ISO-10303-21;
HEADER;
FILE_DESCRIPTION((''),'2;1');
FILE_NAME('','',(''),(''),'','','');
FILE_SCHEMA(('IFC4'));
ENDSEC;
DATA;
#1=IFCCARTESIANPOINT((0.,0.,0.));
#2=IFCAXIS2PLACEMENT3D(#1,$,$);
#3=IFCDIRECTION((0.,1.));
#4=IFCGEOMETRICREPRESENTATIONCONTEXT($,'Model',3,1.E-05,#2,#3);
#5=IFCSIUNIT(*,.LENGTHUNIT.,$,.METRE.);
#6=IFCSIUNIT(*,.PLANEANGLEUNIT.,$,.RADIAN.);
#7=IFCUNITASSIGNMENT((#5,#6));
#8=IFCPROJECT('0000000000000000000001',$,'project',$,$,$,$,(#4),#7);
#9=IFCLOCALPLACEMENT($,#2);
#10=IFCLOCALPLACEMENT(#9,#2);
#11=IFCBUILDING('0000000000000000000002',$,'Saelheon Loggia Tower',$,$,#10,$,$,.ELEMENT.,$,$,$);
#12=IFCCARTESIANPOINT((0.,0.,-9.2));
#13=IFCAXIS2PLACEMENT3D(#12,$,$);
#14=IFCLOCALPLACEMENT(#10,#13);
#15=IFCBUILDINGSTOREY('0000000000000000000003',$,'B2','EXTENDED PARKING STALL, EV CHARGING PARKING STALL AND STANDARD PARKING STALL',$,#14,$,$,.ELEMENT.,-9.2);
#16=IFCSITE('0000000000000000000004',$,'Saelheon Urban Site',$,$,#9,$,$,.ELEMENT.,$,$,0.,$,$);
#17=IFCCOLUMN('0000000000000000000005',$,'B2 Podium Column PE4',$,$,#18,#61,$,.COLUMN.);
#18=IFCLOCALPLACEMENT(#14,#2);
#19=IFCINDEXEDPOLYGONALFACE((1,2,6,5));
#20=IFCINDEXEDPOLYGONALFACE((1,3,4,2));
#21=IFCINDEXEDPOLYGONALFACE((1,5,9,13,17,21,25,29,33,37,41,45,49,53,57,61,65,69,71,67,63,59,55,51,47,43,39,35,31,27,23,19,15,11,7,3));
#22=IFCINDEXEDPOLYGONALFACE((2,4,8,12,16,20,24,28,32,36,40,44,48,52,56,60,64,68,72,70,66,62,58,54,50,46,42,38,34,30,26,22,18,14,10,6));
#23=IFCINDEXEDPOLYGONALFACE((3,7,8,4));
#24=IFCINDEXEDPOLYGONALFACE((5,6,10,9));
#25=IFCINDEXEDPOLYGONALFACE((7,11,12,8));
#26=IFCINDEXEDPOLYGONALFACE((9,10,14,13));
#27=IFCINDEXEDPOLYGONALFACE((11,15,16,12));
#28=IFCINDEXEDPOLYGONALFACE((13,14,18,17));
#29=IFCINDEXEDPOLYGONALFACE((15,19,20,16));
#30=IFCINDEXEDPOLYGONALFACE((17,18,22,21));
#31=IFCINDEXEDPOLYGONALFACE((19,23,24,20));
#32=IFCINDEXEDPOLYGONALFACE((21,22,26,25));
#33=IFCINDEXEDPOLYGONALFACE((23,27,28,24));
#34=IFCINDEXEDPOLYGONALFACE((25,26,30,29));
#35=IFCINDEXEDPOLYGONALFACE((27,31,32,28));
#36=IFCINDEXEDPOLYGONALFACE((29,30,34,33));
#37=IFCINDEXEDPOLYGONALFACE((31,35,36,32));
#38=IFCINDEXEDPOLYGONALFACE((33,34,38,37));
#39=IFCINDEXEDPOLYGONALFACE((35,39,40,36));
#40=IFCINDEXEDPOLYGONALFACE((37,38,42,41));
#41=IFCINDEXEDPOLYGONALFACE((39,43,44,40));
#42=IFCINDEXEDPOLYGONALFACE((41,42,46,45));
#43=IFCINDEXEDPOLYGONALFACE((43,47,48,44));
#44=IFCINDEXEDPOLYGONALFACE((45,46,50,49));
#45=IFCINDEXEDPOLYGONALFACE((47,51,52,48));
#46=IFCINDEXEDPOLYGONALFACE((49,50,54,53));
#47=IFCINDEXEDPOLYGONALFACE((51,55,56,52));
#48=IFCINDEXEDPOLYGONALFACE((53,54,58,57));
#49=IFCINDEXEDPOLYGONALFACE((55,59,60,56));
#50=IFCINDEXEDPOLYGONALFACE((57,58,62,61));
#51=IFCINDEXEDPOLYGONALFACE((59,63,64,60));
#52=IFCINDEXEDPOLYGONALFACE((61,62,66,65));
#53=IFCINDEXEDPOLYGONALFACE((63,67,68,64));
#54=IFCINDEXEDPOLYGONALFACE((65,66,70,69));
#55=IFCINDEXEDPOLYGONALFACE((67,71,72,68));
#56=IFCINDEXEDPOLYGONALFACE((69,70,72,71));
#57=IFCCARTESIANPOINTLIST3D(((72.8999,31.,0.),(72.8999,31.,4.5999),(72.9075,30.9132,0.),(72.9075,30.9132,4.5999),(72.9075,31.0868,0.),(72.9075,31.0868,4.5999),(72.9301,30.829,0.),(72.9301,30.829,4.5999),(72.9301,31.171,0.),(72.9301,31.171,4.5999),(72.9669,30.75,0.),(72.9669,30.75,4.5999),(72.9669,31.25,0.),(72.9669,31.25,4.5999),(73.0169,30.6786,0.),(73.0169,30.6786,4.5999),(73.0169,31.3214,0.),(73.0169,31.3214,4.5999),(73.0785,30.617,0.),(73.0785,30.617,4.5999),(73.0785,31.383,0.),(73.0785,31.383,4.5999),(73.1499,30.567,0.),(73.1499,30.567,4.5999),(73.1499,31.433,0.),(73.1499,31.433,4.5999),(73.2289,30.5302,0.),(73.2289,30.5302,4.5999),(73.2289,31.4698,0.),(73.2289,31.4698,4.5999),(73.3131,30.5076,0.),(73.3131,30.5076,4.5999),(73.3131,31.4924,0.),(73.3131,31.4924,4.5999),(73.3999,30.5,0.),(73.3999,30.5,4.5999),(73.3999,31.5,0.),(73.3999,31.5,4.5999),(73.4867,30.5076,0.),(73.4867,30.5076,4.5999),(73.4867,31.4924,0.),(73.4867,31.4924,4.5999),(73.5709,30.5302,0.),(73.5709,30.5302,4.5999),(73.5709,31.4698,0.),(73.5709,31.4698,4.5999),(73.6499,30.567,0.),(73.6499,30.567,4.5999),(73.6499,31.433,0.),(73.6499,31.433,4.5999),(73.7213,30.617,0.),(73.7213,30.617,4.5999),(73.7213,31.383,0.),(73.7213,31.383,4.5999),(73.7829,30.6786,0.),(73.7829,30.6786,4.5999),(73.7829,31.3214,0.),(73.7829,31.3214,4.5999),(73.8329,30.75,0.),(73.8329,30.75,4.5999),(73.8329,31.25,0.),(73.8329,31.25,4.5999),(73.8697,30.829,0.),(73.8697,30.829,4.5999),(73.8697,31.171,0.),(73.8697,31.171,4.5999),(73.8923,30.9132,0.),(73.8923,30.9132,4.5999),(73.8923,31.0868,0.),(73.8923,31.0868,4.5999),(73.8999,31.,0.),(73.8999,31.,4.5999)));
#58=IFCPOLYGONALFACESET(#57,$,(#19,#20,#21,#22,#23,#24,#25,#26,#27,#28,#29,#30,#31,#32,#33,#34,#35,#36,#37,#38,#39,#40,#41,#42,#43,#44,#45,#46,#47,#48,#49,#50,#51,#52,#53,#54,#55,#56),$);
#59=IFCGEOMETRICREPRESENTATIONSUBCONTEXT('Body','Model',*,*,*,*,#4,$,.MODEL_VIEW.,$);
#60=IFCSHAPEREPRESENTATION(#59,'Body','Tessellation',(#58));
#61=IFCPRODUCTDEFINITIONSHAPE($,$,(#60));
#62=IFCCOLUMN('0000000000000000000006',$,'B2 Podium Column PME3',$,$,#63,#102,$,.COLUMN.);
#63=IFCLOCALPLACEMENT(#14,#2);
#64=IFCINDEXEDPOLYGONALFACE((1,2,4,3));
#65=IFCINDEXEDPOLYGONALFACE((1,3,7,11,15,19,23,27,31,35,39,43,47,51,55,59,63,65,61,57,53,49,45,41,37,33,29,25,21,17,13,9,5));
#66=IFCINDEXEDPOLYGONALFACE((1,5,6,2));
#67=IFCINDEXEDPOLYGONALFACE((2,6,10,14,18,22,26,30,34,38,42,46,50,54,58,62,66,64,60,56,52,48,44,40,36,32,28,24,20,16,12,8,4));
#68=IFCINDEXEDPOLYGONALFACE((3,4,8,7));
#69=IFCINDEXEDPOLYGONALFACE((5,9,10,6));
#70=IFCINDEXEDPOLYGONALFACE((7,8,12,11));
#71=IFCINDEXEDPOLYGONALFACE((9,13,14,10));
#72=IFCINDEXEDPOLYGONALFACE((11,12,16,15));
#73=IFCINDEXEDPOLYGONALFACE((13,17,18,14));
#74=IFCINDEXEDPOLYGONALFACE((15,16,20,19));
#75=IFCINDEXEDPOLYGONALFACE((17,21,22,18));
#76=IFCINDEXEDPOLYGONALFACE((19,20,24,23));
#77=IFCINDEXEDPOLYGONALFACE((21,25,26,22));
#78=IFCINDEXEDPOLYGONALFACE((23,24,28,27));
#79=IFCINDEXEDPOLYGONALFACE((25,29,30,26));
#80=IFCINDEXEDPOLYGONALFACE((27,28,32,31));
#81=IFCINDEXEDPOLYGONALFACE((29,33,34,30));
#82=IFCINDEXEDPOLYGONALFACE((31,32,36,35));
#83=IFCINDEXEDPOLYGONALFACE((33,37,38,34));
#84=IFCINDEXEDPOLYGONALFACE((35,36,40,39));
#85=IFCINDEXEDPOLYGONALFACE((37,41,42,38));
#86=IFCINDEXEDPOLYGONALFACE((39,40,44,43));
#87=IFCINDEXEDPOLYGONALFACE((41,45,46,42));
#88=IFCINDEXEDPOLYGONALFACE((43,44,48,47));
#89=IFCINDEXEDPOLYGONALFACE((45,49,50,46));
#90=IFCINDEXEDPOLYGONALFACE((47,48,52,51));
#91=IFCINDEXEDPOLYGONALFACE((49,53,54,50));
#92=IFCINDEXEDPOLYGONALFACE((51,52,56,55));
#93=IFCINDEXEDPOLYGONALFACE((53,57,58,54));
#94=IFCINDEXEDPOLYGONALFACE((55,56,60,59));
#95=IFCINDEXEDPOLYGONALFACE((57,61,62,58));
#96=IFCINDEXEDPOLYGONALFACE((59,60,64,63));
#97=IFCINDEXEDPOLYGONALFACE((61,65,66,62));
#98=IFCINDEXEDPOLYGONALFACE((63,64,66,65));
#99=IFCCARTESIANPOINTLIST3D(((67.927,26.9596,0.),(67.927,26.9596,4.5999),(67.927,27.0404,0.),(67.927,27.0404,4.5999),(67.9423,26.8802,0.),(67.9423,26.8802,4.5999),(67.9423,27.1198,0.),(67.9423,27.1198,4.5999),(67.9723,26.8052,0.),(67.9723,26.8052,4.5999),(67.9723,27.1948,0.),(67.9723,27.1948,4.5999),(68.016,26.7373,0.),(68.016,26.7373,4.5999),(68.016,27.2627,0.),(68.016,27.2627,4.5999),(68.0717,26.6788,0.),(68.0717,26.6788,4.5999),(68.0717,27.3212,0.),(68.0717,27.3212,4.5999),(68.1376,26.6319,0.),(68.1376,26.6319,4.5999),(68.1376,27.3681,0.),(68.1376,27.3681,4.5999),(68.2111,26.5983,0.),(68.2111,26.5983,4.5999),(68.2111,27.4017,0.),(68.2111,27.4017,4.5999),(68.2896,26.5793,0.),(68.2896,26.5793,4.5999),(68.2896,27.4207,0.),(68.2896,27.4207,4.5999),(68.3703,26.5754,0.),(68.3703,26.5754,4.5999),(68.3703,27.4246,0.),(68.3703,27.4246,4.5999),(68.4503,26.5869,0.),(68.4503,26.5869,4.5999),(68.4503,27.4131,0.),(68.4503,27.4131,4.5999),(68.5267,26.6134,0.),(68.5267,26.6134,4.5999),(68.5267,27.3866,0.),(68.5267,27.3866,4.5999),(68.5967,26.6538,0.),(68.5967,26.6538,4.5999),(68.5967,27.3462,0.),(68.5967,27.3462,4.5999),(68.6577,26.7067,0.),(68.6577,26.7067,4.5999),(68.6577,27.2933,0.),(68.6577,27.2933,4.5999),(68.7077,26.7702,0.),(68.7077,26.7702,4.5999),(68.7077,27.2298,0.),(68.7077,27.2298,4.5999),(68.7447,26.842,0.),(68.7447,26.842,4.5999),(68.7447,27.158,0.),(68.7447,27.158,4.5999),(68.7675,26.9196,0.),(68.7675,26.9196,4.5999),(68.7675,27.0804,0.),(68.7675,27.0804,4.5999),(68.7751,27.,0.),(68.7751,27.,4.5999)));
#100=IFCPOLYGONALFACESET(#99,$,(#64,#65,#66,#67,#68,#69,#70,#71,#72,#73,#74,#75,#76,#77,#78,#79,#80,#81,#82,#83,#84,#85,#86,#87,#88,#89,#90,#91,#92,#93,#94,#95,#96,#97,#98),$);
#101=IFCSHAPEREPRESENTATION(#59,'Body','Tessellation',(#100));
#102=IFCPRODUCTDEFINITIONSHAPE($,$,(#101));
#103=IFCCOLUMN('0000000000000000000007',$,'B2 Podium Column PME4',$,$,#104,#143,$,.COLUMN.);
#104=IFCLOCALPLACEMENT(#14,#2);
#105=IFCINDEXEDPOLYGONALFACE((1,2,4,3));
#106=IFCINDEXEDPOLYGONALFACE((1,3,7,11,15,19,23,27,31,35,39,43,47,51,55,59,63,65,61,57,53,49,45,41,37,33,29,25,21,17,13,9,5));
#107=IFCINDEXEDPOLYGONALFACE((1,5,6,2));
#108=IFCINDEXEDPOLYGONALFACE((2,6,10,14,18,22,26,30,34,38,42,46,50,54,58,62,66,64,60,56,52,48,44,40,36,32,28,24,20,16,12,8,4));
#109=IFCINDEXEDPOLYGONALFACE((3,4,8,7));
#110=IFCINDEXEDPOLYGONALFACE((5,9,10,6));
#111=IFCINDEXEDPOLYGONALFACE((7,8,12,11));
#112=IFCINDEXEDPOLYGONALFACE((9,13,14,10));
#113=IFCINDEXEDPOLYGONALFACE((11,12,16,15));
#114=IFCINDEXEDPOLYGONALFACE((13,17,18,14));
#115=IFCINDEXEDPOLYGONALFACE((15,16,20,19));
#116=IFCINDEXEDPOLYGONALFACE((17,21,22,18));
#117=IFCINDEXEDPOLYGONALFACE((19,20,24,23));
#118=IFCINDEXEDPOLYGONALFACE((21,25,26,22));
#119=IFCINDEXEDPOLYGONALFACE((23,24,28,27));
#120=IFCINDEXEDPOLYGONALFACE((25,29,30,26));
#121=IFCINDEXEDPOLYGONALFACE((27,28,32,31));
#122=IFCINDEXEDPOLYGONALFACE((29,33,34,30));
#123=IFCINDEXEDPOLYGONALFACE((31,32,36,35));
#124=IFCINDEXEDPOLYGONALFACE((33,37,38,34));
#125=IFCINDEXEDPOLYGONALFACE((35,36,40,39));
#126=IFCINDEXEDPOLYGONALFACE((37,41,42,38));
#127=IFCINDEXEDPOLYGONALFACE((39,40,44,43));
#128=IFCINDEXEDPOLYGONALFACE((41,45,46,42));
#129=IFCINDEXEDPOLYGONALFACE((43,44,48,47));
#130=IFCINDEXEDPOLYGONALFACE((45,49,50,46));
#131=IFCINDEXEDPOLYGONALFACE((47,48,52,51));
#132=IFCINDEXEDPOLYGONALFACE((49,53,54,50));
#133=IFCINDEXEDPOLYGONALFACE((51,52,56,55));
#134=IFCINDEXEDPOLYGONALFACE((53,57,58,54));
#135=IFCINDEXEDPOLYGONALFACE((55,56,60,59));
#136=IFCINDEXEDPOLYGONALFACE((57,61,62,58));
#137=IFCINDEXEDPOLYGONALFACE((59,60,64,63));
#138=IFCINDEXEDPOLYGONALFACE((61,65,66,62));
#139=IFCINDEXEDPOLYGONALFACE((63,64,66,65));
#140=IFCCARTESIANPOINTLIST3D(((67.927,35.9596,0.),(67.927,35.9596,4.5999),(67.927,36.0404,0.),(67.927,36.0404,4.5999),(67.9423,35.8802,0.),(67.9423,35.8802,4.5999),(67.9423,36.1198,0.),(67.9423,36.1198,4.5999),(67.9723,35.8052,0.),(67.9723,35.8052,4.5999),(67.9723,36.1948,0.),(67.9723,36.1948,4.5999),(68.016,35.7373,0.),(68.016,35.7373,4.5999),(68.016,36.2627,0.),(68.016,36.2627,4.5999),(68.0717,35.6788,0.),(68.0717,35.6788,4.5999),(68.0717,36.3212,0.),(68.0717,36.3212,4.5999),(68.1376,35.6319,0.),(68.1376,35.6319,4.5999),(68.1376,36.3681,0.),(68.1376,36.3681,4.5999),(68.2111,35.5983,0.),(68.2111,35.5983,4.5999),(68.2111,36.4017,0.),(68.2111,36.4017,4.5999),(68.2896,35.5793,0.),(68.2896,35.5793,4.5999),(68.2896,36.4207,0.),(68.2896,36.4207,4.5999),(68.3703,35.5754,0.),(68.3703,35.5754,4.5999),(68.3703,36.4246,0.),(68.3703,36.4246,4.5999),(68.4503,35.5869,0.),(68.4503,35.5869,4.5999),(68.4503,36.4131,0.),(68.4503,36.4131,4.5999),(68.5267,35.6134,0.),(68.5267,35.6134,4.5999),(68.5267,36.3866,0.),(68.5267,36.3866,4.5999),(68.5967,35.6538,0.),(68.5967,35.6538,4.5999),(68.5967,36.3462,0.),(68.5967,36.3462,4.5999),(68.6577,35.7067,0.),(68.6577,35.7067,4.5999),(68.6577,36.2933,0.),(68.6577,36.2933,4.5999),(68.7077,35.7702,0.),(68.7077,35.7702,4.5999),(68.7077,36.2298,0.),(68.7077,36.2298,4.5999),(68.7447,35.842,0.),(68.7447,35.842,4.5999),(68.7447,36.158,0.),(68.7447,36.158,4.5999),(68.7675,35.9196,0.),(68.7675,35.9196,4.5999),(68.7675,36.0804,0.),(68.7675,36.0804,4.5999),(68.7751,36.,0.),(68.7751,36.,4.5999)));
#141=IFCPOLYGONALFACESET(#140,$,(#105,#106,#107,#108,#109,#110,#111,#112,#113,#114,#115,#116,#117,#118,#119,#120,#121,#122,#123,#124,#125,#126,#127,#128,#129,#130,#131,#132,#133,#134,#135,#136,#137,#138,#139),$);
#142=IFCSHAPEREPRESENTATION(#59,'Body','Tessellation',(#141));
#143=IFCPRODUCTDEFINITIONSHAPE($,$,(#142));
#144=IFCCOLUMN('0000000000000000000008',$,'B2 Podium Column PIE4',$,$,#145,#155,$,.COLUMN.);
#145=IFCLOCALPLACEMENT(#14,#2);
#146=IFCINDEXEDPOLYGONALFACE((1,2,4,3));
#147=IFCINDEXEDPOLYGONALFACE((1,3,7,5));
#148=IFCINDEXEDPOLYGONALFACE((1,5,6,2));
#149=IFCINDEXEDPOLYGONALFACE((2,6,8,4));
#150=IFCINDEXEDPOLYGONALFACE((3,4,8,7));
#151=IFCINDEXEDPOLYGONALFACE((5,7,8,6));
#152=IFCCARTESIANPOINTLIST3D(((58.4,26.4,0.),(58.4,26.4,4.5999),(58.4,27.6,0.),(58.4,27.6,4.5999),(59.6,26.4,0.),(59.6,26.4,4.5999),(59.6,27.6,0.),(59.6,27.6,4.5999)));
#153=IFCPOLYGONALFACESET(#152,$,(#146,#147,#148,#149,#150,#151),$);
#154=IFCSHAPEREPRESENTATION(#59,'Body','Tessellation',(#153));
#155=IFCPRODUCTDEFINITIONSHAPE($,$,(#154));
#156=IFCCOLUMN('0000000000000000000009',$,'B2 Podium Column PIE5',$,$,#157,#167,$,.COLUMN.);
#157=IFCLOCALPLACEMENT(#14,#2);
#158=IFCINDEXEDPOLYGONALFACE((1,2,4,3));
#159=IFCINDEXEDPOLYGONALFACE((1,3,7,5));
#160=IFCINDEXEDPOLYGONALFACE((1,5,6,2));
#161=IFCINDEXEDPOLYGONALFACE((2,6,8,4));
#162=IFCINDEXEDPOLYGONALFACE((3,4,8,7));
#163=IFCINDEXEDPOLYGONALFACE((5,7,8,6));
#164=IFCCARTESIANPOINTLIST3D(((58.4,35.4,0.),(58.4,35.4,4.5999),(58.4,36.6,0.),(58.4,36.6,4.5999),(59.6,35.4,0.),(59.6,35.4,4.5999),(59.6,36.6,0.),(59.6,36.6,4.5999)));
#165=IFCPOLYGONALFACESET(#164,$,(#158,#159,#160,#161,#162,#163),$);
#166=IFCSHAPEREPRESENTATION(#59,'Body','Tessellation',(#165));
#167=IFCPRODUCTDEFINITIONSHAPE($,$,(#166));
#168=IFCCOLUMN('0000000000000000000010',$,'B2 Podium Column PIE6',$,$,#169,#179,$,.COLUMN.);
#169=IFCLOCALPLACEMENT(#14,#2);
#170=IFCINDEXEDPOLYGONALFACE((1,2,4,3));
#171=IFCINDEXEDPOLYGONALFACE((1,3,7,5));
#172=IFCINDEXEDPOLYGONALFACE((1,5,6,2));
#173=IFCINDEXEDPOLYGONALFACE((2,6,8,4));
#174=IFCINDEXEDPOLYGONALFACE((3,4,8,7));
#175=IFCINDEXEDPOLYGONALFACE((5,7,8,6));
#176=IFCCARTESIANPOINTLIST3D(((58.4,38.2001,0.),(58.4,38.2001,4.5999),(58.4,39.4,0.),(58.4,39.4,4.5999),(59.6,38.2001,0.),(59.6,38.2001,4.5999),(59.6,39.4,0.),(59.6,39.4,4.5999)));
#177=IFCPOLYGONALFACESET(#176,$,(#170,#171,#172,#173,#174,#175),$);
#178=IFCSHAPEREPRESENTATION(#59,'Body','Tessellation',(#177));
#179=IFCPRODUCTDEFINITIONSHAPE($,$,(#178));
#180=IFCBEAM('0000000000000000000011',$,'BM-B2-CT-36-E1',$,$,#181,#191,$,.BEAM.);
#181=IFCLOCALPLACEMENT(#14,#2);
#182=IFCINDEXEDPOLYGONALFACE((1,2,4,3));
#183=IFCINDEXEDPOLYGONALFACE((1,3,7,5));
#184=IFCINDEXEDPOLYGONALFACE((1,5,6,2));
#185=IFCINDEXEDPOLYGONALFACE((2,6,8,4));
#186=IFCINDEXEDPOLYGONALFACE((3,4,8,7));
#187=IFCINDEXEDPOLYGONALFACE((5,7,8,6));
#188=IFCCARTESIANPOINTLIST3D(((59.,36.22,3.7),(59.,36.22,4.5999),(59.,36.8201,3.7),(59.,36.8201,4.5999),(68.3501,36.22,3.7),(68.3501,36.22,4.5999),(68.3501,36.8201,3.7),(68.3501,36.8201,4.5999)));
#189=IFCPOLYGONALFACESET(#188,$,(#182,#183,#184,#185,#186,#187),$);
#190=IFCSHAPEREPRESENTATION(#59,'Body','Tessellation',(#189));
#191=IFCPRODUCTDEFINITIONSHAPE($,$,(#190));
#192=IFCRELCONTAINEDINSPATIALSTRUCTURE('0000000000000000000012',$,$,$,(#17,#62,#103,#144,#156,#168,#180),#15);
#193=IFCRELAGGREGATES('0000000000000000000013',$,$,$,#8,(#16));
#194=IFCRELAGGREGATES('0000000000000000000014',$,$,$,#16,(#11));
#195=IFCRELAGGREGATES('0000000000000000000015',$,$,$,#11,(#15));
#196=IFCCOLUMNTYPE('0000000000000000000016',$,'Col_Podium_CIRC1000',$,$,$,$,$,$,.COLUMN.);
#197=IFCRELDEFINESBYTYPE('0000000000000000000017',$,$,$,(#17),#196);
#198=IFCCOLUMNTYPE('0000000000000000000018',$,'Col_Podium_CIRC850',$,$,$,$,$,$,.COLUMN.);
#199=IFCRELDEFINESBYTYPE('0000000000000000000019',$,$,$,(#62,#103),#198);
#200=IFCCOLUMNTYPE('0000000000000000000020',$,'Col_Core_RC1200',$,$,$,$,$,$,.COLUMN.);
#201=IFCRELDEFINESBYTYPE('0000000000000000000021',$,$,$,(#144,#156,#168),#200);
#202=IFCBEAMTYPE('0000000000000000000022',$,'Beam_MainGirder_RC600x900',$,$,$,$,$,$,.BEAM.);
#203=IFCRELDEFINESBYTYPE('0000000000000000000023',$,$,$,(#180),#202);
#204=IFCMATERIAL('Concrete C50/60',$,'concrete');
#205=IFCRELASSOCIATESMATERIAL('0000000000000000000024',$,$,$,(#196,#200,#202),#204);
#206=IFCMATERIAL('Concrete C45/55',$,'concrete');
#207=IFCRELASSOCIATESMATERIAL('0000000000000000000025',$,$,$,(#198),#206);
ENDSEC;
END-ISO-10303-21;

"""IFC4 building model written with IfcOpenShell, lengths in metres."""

from ifc_helpers import new_model, si_unit, direction, frame, origin, origin_2d, place, context, subcontext, project, spatial, rectangle, circle, extrude, source, transform, mapped, material, material_profile, profile_set, type_object, element, save


model = new_model("IFC4")

# Units and contexts
model_context = context("Model", 3, precision=1e-05, world=origin(), true_north=direction((0.0, 1.0)))
body_context = subcontext(model_context, "Body", "Model", "MODEL_VIEW")
ifc_project = project(units=[si_unit("LENGTHUNIT", "METRE"), si_unit("PLANEANGLEUNIT", "RADIAN")], contexts=[model_context])

# Site, building, storey
site_placement = place(None, origin())
site = spatial("IfcSite", under=ifc_project, at=site_placement, Name="Saelheon Urban Site", CompositionType="ELEMENT", RefElevation=0.0)
building_placement = place(site_placement, origin())
building = spatial("IfcBuilding", under=site, at=building_placement, Name="Saelheon Loggia Tower", CompositionType="ELEMENT")
storey_placement = place(building_placement, frame((0.0, 0.0, -9.2)))
storey = spatial("IfcBuildingStorey", under=building, at=storey_placement, Name="B2", Description="EXTENDED PARKING STALL, EV CHARGING PARKING STALL AND STANDARD PARKING STALL", CompositionType="ELEMENT", Elevation=-9.2)

# Shared definitions
ifc_material_1 = material(Name="Concrete C50/60", Category="concrete")

# Columns
ifc_material_profile_1 = material_profile(ifc_material_1, circle(Radius=0.5, at=origin_2d()), Name="CIRC-1000")
ifc_profile_set_1 = profile_set([ifc_material_profile_1], Name="Concrete C50/60")
column_type_1 = type_object("IfcColumnType", Name="Col_Podium_CIRC1000", PredefinedType="COLUMN", material=ifc_profile_set_1)
shared_shape_1 = source(origin(), body_context, "Body", "SweptSolid", [
    extrude(circle(Radius=0.5, at=origin_2d()), origin(), (0.0, 0.0, 1.0), 4.5999),
])
column_placement = place(storey_placement, frame((73.3999, 31.0, 0.0), z_axis=(0.0, 0.0, 1.0), x_axis=(1.0, 0.0, 0.0)))
element("IfcColumn", 1, at=column_placement, inside=storey, type_object=column_type_1, Name="B2 Podium Column PE4", PredefinedType="COLUMN", context=body_context, shape_type="MappedRepresentation", body=[
    mapped(shared_shape_1, transform((0.0, 0.0, 0.0), scale=1.0)),
])
ifc_material_2 = material(Name="Concrete C45/55", Category="concrete")
ifc_material_profile_2 = material_profile(ifc_material_2, circle(Radius=0.425, at=origin_2d()), Name="CIRC-850")
ifc_profile_set_2 = profile_set([ifc_material_profile_2], Name="Concrete C45/55")
column_type_2 = type_object("IfcColumnType", Name="Col_Podium_CIRC850", PredefinedType="COLUMN", material=ifc_profile_set_2)
shared_shape_2 = source(origin(), body_context, "Body", "SweptSolid", [
    extrude(circle(Radius=0.425, at=origin_2d()), origin(), (0.0, 0.0, 1.0), 4.5999),
])
for number, where, z_axis, x_axis, name in (
    (2, (68.3501, 27.0, 0.0), (0.0, 0.0, 1.0), (1.0, 0.0, 0.0), "B2 Podium Column PME3"),
    (3, (68.3501, 36.0, 0.0), (0.0, 0.0, 1.0), (1.0, 0.0, 0.0), "B2 Podium Column PME4"),
):
    element("IfcColumn", number, at=place(storey_placement, frame(where, z_axis=z_axis, x_axis=x_axis)), inside=storey, type_object=column_type_2, Name=name, PredefinedType="COLUMN", context=body_context, shape_type="MappedRepresentation", body=[
        mapped(shared_shape_2, transform((0.0, 0.0, 0.0), scale=1.0)),
    ])
ifc_material_profile_3 = material_profile(ifc_material_1, rectangle(XDim=1.2, YDim=1.2, at=origin_2d()), Name="RC-1200x1200")
ifc_profile_set_3 = profile_set([ifc_material_profile_3], Name="Concrete C50/60")
column_type_3 = type_object("IfcColumnType", Name="Col_Core_RC1200", PredefinedType="COLUMN", material=ifc_profile_set_3)
shared_shape_3 = source(origin(), body_context, "Body", "SweptSolid", [
    extrude(rectangle(XDim=1.2, YDim=1.2, at=origin_2d()), origin(), (0.0, 0.0, 1.0), 4.5999),
])
for number, where, z_axis, x_axis, name in (
    (4, (59.0, 27.0, 0.0), (0.0, 0.0, 1.0), (1.0, 0.0, 0.0), "B2 Podium Column PIE4"),
    (5, (59.0, 36.0, 0.0), (0.0, 0.0, 1.0), (1.0, 0.0, 0.0), "B2 Podium Column PIE5"),
    (6, (59.0, 38.8, 0.0), (0.0, 0.0, 1.0), (1.0, 0.0, 0.0), "B2 Podium Column PIE6"),
):
    element("IfcColumn", number, at=place(storey_placement, frame(where, z_axis=z_axis, x_axis=x_axis)), inside=storey, type_object=column_type_3, Name=name, PredefinedType="COLUMN", context=body_context, shape_type="MappedRepresentation", body=[
        mapped(shared_shape_3, transform((0.0, 0.0, 0.0), scale=1.0)),
    ])

# Beam
ifc_material_profile_4 = material_profile(ifc_material_1, rectangle(XDim=0.6001, YDim=0.8999, at=origin_2d()), Name="RC-600x900")
ifc_profile_set_4 = profile_set([ifc_material_profile_4], Name="Concrete C50/60")
beam_type_1 = type_object("IfcBeamType", Name="Beam_MainGirder_RC600x900", PredefinedType="BEAM", material=ifc_profile_set_4)
shared_shape_4 = source(origin(), body_context, "Body", "SweptSolid", [
    extrude(rectangle(XDim=0.6001, YDim=0.8999, at=origin_2d()), origin(), (0.0, 0.0, 1.0), 9.3501),
])
beam_1_placement = place(storey_placement, frame((59.0, 36.52, 4.1499), z_axis=(1.0, 0.0, 0.0), x_axis=(0.0, 1.0, 0.0)))
element("IfcBeam", 7, at=beam_1_placement, inside=storey, type_object=beam_type_1, Name="BM-B2-CT-36-E1", PredefinedType="BEAM", context=body_context, shape_type="MappedRepresentation", body=[
    mapped(shared_shape_4, transform((0.0, 0.0, 0.0), scale=1.0)),
])

save(model, "model.ifc")
